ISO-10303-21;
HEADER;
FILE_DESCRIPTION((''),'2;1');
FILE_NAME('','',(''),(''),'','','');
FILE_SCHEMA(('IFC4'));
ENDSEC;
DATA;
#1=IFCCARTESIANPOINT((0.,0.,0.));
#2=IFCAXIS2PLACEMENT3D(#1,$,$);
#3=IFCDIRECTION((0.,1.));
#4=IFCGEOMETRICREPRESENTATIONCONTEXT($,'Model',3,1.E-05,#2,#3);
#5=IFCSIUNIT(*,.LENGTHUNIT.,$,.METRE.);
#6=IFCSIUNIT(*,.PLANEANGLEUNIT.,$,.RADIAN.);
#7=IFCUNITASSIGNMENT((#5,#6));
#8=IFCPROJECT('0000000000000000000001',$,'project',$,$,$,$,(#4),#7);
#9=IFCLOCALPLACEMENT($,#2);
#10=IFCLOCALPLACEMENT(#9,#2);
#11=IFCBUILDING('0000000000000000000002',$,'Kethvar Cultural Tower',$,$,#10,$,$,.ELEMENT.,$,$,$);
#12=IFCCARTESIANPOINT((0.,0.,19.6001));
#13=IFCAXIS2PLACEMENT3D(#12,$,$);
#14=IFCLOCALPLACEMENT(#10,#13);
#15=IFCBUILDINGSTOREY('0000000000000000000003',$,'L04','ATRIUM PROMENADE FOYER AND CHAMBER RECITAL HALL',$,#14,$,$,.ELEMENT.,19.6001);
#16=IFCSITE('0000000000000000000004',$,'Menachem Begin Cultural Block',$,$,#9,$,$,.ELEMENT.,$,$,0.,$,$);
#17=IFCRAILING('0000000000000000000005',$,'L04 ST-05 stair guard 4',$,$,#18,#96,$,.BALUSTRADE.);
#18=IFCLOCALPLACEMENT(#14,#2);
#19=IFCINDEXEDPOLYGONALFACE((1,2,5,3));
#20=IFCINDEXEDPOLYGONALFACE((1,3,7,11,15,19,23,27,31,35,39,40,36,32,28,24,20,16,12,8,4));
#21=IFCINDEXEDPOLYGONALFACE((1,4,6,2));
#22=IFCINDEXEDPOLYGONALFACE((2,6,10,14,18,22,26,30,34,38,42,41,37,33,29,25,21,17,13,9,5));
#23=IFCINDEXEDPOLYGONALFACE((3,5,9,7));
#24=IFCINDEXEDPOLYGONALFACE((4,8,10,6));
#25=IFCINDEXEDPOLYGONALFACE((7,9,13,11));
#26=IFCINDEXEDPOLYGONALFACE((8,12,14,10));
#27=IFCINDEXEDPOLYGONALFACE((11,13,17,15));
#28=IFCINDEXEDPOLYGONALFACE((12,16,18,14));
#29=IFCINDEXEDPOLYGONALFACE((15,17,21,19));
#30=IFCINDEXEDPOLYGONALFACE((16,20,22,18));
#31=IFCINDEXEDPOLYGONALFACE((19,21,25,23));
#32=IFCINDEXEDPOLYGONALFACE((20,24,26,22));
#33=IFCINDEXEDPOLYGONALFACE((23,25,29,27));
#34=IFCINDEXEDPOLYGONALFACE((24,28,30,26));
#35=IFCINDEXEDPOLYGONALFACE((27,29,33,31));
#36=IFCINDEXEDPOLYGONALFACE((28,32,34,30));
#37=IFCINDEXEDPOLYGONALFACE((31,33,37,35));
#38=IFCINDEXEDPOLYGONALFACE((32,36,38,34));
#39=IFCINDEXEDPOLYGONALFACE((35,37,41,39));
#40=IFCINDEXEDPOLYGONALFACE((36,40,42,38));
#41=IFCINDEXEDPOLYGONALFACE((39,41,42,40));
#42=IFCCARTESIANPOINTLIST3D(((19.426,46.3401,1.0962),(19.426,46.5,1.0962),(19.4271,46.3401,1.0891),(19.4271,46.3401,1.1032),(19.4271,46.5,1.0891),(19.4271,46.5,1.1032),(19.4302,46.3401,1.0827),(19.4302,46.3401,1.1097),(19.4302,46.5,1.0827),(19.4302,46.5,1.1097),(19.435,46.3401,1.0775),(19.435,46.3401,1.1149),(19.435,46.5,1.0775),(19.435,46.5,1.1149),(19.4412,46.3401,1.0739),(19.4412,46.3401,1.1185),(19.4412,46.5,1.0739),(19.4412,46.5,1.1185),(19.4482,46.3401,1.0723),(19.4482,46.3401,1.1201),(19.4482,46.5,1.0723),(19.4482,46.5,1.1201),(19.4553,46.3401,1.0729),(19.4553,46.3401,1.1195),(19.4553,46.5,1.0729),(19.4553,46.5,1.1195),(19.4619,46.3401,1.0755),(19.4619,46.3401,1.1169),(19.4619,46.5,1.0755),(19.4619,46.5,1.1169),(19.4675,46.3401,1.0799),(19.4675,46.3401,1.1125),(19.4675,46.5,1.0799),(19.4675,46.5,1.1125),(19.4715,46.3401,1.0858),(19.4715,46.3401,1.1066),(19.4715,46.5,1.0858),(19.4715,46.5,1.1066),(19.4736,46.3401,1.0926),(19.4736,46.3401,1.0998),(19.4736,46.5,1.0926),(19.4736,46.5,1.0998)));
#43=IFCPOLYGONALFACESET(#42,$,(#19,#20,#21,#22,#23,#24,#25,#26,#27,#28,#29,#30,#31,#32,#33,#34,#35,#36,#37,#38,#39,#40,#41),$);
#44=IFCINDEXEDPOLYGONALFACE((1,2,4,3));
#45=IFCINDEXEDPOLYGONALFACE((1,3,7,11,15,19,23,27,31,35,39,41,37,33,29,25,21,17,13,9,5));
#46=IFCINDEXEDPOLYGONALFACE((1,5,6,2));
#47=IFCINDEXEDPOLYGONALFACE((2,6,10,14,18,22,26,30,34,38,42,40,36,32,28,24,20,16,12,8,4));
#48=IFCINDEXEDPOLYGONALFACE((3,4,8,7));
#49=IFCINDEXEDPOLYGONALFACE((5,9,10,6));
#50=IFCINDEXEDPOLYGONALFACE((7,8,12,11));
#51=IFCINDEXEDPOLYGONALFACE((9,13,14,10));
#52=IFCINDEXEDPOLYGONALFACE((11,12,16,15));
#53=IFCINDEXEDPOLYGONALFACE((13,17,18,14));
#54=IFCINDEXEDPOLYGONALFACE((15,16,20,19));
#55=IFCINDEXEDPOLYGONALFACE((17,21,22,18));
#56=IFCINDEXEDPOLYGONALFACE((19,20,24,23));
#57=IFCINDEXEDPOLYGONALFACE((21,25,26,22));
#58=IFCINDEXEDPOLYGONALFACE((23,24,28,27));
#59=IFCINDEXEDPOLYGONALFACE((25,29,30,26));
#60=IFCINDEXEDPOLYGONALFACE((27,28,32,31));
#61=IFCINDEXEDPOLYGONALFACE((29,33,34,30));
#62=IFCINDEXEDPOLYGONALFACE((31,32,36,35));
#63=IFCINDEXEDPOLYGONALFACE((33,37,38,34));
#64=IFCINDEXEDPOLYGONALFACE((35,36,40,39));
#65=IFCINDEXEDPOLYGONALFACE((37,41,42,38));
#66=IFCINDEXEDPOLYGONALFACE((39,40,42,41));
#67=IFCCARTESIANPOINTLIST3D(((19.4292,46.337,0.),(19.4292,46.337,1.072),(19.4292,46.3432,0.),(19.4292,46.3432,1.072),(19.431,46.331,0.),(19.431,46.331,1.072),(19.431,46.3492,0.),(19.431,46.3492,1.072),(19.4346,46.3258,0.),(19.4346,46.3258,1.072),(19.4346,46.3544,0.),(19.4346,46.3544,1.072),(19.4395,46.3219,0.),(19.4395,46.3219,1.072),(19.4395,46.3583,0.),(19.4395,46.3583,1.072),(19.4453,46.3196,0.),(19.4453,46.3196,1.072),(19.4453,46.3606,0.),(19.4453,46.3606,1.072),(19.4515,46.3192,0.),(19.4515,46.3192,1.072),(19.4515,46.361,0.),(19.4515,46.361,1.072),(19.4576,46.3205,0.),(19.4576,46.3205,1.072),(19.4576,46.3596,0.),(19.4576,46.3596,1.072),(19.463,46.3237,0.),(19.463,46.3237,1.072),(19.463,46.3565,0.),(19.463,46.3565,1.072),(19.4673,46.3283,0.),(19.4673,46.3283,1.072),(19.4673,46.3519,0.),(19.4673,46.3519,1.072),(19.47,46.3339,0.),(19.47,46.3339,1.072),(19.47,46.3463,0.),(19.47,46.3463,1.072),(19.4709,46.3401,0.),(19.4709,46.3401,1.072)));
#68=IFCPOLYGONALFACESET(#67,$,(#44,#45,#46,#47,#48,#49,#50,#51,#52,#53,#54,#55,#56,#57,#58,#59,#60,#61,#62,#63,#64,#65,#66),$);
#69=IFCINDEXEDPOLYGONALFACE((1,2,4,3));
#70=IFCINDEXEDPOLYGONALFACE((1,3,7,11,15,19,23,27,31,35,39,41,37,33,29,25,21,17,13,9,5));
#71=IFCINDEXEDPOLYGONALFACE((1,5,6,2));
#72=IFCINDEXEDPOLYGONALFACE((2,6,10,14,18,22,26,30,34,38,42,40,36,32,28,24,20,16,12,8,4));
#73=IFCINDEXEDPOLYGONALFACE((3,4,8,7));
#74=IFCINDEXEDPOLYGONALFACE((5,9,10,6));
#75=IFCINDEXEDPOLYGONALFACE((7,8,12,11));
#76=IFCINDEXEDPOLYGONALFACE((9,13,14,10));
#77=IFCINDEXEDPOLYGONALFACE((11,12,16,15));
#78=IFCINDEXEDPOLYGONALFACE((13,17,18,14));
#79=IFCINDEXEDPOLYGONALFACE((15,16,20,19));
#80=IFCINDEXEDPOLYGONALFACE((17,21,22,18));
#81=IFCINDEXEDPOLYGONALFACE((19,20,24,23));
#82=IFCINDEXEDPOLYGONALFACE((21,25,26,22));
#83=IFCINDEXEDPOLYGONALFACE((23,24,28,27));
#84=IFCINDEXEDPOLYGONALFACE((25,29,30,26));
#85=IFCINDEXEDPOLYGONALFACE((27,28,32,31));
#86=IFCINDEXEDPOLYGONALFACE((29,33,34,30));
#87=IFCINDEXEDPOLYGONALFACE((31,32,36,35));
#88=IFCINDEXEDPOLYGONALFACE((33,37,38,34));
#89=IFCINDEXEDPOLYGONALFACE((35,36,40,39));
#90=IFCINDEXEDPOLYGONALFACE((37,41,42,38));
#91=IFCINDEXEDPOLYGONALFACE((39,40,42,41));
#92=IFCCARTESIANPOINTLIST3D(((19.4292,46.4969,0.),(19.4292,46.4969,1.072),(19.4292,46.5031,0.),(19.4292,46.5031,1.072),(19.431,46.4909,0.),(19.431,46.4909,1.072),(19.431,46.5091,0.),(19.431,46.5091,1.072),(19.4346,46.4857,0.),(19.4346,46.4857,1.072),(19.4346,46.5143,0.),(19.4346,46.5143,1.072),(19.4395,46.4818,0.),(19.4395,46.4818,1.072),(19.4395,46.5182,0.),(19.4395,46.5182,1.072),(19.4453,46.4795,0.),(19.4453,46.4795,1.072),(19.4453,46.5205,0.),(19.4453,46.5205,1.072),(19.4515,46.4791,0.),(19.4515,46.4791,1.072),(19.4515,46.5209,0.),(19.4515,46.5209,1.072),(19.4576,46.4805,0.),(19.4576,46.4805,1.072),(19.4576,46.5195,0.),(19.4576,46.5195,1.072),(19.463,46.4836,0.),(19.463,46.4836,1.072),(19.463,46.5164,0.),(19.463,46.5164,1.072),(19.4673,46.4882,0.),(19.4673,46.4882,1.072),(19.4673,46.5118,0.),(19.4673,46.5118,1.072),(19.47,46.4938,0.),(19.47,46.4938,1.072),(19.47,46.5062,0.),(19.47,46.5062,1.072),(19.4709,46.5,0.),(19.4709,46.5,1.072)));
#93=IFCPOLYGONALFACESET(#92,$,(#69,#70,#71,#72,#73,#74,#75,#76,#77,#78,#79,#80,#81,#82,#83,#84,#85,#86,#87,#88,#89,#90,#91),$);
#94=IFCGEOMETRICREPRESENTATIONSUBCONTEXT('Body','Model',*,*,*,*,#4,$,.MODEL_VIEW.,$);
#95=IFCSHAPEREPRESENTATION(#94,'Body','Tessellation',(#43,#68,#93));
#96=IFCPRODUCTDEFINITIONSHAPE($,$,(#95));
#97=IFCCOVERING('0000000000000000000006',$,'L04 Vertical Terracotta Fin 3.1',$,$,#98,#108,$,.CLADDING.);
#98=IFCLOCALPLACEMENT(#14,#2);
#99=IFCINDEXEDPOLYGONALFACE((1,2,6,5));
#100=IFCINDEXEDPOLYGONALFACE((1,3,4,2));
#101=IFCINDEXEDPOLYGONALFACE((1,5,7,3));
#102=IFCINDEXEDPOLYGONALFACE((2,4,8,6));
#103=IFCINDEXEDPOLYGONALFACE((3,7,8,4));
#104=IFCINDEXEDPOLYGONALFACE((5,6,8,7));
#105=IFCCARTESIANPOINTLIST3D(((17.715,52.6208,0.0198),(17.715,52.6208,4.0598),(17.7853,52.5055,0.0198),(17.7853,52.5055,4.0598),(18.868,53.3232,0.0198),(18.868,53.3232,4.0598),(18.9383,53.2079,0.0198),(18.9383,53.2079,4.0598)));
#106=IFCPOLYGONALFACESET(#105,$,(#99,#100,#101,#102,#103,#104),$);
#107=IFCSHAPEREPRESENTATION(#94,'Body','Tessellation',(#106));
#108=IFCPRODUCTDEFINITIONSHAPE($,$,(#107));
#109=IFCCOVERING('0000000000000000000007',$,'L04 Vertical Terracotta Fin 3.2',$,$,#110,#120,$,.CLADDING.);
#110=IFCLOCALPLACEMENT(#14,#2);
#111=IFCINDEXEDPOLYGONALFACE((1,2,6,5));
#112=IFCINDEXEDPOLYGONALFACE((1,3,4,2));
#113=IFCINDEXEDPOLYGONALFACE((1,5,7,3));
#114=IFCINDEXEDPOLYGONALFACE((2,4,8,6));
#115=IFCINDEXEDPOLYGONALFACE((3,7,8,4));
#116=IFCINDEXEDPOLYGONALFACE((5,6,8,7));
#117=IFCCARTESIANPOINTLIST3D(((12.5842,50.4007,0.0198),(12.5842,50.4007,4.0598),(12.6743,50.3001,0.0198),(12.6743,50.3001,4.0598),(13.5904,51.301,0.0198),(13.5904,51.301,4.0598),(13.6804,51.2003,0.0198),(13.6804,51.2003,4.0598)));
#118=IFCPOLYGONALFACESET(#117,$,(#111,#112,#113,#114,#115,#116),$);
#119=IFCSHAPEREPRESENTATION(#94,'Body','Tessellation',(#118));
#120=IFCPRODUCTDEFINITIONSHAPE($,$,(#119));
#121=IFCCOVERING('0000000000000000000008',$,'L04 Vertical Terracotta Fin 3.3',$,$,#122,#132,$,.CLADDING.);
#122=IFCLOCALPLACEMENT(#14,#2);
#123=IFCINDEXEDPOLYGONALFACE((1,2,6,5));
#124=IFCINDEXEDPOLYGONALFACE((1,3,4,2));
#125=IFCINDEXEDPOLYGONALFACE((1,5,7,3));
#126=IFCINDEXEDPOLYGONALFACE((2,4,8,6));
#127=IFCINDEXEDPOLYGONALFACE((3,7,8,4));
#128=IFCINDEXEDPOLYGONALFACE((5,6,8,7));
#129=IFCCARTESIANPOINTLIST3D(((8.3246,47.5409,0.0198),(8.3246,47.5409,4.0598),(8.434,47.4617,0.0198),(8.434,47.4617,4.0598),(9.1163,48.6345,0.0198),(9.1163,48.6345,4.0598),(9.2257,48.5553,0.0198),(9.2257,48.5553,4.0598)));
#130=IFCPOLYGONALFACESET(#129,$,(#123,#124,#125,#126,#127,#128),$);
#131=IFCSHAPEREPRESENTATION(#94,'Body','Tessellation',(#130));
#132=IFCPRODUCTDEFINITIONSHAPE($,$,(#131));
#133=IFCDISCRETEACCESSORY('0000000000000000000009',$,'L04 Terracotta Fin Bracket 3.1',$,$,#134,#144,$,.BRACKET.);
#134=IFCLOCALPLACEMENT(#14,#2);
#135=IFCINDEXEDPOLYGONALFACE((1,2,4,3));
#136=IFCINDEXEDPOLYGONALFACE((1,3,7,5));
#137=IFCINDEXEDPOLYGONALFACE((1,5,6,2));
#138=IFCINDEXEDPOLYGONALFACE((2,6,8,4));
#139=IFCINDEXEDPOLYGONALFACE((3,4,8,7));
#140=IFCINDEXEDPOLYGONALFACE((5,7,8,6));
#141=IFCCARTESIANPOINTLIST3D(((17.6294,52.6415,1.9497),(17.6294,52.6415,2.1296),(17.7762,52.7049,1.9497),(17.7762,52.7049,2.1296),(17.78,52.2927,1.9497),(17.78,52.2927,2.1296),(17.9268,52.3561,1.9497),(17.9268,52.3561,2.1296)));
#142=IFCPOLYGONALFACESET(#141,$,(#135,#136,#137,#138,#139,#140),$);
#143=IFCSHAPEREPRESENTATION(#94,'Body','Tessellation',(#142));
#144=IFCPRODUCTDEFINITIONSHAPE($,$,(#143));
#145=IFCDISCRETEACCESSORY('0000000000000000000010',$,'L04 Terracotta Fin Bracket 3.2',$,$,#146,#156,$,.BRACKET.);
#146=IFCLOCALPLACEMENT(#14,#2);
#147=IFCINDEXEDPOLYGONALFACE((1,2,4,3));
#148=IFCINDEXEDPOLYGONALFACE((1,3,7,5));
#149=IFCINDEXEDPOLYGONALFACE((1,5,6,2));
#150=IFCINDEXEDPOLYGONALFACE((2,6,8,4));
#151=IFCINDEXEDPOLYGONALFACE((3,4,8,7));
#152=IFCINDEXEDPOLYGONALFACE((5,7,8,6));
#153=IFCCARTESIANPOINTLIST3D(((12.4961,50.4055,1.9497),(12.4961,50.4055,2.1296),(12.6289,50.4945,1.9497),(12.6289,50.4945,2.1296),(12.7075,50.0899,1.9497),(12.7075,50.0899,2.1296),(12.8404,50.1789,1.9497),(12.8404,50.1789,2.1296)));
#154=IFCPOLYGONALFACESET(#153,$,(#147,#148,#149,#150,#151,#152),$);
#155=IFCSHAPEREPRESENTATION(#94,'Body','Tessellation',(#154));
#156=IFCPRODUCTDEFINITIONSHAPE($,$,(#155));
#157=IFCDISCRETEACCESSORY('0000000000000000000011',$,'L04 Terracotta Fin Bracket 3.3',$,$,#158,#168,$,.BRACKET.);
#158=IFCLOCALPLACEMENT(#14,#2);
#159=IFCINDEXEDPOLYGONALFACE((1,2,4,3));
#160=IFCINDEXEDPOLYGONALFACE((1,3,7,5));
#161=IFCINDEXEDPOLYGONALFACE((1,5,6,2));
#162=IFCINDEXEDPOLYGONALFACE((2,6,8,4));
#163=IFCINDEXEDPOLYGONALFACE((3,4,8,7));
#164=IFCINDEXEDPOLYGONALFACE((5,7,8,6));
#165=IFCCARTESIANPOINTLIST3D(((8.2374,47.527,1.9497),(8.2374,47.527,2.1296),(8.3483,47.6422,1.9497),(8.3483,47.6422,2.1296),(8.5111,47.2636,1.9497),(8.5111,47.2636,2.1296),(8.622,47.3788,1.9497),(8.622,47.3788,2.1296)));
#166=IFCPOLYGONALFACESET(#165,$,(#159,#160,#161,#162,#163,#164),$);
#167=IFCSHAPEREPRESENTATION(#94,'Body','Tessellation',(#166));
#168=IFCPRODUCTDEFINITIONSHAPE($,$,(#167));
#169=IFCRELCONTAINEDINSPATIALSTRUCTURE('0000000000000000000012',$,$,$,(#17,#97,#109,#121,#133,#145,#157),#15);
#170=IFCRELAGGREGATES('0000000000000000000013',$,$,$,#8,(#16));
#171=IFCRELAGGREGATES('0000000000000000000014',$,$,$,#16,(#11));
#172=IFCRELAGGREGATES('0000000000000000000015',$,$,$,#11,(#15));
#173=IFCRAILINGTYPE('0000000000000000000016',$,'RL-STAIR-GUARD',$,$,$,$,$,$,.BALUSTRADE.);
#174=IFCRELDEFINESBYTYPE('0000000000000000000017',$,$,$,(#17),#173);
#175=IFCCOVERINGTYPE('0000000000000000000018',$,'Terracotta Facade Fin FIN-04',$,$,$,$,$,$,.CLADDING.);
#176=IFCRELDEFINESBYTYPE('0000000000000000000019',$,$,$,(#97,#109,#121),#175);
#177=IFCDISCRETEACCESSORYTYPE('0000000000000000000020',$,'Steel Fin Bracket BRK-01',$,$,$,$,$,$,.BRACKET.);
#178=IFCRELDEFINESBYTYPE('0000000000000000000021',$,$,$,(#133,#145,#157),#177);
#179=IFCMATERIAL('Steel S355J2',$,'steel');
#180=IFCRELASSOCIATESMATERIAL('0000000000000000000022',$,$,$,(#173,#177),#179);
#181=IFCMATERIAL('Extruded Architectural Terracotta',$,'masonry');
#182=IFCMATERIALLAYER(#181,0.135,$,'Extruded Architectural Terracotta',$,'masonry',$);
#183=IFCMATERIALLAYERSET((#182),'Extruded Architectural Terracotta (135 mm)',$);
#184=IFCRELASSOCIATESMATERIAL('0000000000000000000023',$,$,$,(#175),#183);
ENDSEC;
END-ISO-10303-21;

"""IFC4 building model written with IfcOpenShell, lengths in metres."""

from ifc_helpers import new_model, si_unit, direction, frame, origin, origin_2d, place, context, subcontext, project, spatial, rectangle, circle, extrude, source, transform, mapped, material, layer, layer_set, type_object, element, save


model = new_model("IFC4")

# Units and contexts
model_context = context("Model", 3, precision=1e-05, world=origin(), true_north=direction((0.0, 1.0)))
body_context = subcontext(model_context, "Body", "Model", "MODEL_VIEW")
ifc_project = project(units=[si_unit("LENGTHUNIT", "METRE"), si_unit("PLANEANGLEUNIT", "RADIAN")], contexts=[model_context])

# Site, building, storey
site_placement = place(None, origin())
site = spatial("IfcSite", under=ifc_project, at=site_placement, Name="Menachem Begin Cultural Block", CompositionType="ELEMENT", RefElevation=0.0)
building_placement = place(site_placement, origin())
building = spatial("IfcBuilding", under=site, at=building_placement, Name="Kethvar Cultural Tower", CompositionType="ELEMENT")
storey_placement = place(building_placement, frame((0.0, 0.0, 19.6001)))
storey = spatial("IfcBuildingStorey", under=building, at=storey_placement, Name="L04", Description="ATRIUM PROMENADE FOYER AND CHAMBER RECITAL HALL", CompositionType="ELEMENT", Elevation=19.6001)

# Railing
ifc_material_1 = material(Name="Steel S355J2", Category="steel")
railing_type = type_object("IfcRailingType", Name="RL-STAIR-GUARD", PredefinedType="BALUSTRADE", material=ifc_material_1)
railing_1_placement = place(storey_placement, frame((19.45, 46.3401, 0.0)))
element("IfcRailing", 1, at=railing_1_placement, inside=storey, type_object=railing_type, Name="L04 ST-05 stair guard 4", PredefinedType="BALUSTRADE", context=body_context, shape_type="SweptSolid", body=[
    extrude(circle(Radius=0.0239, at=origin_2d()), frame((0.0, 0.0, 1.0962), z_axis=(0.0, 1.0, 0.0), x_axis=(-1.0, 0.0, 0.0)), (0.0, 0.0, 1.0), 0.1599),
    extrude(circle(Radius=0.021, at=origin_2d()), origin(), (0.0, 0.0, 1.0), 1.072),
    extrude(circle(Radius=0.021, at=origin_2d()), frame((0.0, 0.1599, 0.0)), (0.0, 0.0, 1.0), 1.072),
])

# Coverings
ifc_material_2 = material(Name="Extruded Architectural Terracotta", Category="masonry")
ifc_layer_1 = layer(ifc_material_2, 0.135, Name="Extruded Architectural Terracotta", Category="masonry")
ifc_layer_set_1 = layer_set([ifc_layer_1], Name="Extruded Architectural Terracotta (135 mm)")
covering_type = type_object("IfcCoveringType", Name="Terracotta Facade Fin FIN-04", PredefinedType="CLADDING", material=ifc_layer_set_1)
shared_shape_1 = source(origin(), body_context, "Body", "SweptSolid", [
    extrude(rectangle(XDim=1.3501, YDim=0.135, at=origin_2d()), origin(), (0.0, 0.0, 1.0), 4.04),
])
for number, where, z_axis, x_axis, name in (
    (2, (18.3267, 52.9143, 0.0198), (0.0, 0.0, 1.0), (0.854005, 0.520265, 0.0), "L04 Vertical Terracotta Fin 3.1"),
    (3, (13.1323, 50.8005, 0.0198), (0.0, 0.0, 1.0), (0.745243, 0.666793, 0.0), "L04 Vertical Terracotta Fin 3.2"),
    (4, (8.7751, 48.0481, 0.0198), (0.0, 0.0, 1.0), (0.586372, 0.810042, 0.0), "L04 Vertical Terracotta Fin 3.3"),
):
    element("IfcCovering", number, at=place(storey_placement, frame(where, z_axis=z_axis, x_axis=x_axis)), inside=storey, type_object=covering_type, Name=name, PredefinedType="CLADDING", context=body_context, shape_type="MappedRepresentation", body=[
        mapped(shared_shape_1, transform((0.0, 0.0, 0.0), scale=1.0)),
    ])

# Discrete accessories
discrete_accessory_type = type_object("IfcDiscreteAccessoryType", Name="Steel Fin Bracket BRK-01", PredefinedType="BRACKET", material=ifc_material_1)
shared_shape_2 = source(origin(), body_context, "Body", "SweptSolid", [
    extrude(rectangle(XDim=0.3799, YDim=0.1599, at=origin_2d()), origin(), (0.0, 0.0, 1.0), 0.1799),
])
for number, where, z_axis, x_axis, name in (
    (5, (17.7781, 52.4988, 1.9497), (0.0, 0.0, 1.0), (-0.396347, 0.918101, 0.0), "L04 Terracotta Fin Bracket 3.1"),
    (6, (12.6682, 50.2922, 1.9497), (0.0, 0.0, 1.0), (-0.556586, 0.83079, 0.0), "L04 Terracotta Fin Bracket 3.2"),
    (7, (8.4297, 47.4529, 1.9497), (0.0, 0.0, 1.0), (-0.720551, 0.693402, 0.0), "L04 Terracotta Fin Bracket 3.3"),
):
    element("IfcDiscreteAccessory", number, at=place(storey_placement, frame(where, z_axis=z_axis, x_axis=x_axis)), inside=storey, type_object=discrete_accessory_type, Name=name, PredefinedType="BRACKET", context=body_context, shape_type="MappedRepresentation", body=[
        mapped(shared_shape_2, transform((0.0, 0.0, 0.0), scale=1.0)),
    ])

save(model, "model.ifc")
